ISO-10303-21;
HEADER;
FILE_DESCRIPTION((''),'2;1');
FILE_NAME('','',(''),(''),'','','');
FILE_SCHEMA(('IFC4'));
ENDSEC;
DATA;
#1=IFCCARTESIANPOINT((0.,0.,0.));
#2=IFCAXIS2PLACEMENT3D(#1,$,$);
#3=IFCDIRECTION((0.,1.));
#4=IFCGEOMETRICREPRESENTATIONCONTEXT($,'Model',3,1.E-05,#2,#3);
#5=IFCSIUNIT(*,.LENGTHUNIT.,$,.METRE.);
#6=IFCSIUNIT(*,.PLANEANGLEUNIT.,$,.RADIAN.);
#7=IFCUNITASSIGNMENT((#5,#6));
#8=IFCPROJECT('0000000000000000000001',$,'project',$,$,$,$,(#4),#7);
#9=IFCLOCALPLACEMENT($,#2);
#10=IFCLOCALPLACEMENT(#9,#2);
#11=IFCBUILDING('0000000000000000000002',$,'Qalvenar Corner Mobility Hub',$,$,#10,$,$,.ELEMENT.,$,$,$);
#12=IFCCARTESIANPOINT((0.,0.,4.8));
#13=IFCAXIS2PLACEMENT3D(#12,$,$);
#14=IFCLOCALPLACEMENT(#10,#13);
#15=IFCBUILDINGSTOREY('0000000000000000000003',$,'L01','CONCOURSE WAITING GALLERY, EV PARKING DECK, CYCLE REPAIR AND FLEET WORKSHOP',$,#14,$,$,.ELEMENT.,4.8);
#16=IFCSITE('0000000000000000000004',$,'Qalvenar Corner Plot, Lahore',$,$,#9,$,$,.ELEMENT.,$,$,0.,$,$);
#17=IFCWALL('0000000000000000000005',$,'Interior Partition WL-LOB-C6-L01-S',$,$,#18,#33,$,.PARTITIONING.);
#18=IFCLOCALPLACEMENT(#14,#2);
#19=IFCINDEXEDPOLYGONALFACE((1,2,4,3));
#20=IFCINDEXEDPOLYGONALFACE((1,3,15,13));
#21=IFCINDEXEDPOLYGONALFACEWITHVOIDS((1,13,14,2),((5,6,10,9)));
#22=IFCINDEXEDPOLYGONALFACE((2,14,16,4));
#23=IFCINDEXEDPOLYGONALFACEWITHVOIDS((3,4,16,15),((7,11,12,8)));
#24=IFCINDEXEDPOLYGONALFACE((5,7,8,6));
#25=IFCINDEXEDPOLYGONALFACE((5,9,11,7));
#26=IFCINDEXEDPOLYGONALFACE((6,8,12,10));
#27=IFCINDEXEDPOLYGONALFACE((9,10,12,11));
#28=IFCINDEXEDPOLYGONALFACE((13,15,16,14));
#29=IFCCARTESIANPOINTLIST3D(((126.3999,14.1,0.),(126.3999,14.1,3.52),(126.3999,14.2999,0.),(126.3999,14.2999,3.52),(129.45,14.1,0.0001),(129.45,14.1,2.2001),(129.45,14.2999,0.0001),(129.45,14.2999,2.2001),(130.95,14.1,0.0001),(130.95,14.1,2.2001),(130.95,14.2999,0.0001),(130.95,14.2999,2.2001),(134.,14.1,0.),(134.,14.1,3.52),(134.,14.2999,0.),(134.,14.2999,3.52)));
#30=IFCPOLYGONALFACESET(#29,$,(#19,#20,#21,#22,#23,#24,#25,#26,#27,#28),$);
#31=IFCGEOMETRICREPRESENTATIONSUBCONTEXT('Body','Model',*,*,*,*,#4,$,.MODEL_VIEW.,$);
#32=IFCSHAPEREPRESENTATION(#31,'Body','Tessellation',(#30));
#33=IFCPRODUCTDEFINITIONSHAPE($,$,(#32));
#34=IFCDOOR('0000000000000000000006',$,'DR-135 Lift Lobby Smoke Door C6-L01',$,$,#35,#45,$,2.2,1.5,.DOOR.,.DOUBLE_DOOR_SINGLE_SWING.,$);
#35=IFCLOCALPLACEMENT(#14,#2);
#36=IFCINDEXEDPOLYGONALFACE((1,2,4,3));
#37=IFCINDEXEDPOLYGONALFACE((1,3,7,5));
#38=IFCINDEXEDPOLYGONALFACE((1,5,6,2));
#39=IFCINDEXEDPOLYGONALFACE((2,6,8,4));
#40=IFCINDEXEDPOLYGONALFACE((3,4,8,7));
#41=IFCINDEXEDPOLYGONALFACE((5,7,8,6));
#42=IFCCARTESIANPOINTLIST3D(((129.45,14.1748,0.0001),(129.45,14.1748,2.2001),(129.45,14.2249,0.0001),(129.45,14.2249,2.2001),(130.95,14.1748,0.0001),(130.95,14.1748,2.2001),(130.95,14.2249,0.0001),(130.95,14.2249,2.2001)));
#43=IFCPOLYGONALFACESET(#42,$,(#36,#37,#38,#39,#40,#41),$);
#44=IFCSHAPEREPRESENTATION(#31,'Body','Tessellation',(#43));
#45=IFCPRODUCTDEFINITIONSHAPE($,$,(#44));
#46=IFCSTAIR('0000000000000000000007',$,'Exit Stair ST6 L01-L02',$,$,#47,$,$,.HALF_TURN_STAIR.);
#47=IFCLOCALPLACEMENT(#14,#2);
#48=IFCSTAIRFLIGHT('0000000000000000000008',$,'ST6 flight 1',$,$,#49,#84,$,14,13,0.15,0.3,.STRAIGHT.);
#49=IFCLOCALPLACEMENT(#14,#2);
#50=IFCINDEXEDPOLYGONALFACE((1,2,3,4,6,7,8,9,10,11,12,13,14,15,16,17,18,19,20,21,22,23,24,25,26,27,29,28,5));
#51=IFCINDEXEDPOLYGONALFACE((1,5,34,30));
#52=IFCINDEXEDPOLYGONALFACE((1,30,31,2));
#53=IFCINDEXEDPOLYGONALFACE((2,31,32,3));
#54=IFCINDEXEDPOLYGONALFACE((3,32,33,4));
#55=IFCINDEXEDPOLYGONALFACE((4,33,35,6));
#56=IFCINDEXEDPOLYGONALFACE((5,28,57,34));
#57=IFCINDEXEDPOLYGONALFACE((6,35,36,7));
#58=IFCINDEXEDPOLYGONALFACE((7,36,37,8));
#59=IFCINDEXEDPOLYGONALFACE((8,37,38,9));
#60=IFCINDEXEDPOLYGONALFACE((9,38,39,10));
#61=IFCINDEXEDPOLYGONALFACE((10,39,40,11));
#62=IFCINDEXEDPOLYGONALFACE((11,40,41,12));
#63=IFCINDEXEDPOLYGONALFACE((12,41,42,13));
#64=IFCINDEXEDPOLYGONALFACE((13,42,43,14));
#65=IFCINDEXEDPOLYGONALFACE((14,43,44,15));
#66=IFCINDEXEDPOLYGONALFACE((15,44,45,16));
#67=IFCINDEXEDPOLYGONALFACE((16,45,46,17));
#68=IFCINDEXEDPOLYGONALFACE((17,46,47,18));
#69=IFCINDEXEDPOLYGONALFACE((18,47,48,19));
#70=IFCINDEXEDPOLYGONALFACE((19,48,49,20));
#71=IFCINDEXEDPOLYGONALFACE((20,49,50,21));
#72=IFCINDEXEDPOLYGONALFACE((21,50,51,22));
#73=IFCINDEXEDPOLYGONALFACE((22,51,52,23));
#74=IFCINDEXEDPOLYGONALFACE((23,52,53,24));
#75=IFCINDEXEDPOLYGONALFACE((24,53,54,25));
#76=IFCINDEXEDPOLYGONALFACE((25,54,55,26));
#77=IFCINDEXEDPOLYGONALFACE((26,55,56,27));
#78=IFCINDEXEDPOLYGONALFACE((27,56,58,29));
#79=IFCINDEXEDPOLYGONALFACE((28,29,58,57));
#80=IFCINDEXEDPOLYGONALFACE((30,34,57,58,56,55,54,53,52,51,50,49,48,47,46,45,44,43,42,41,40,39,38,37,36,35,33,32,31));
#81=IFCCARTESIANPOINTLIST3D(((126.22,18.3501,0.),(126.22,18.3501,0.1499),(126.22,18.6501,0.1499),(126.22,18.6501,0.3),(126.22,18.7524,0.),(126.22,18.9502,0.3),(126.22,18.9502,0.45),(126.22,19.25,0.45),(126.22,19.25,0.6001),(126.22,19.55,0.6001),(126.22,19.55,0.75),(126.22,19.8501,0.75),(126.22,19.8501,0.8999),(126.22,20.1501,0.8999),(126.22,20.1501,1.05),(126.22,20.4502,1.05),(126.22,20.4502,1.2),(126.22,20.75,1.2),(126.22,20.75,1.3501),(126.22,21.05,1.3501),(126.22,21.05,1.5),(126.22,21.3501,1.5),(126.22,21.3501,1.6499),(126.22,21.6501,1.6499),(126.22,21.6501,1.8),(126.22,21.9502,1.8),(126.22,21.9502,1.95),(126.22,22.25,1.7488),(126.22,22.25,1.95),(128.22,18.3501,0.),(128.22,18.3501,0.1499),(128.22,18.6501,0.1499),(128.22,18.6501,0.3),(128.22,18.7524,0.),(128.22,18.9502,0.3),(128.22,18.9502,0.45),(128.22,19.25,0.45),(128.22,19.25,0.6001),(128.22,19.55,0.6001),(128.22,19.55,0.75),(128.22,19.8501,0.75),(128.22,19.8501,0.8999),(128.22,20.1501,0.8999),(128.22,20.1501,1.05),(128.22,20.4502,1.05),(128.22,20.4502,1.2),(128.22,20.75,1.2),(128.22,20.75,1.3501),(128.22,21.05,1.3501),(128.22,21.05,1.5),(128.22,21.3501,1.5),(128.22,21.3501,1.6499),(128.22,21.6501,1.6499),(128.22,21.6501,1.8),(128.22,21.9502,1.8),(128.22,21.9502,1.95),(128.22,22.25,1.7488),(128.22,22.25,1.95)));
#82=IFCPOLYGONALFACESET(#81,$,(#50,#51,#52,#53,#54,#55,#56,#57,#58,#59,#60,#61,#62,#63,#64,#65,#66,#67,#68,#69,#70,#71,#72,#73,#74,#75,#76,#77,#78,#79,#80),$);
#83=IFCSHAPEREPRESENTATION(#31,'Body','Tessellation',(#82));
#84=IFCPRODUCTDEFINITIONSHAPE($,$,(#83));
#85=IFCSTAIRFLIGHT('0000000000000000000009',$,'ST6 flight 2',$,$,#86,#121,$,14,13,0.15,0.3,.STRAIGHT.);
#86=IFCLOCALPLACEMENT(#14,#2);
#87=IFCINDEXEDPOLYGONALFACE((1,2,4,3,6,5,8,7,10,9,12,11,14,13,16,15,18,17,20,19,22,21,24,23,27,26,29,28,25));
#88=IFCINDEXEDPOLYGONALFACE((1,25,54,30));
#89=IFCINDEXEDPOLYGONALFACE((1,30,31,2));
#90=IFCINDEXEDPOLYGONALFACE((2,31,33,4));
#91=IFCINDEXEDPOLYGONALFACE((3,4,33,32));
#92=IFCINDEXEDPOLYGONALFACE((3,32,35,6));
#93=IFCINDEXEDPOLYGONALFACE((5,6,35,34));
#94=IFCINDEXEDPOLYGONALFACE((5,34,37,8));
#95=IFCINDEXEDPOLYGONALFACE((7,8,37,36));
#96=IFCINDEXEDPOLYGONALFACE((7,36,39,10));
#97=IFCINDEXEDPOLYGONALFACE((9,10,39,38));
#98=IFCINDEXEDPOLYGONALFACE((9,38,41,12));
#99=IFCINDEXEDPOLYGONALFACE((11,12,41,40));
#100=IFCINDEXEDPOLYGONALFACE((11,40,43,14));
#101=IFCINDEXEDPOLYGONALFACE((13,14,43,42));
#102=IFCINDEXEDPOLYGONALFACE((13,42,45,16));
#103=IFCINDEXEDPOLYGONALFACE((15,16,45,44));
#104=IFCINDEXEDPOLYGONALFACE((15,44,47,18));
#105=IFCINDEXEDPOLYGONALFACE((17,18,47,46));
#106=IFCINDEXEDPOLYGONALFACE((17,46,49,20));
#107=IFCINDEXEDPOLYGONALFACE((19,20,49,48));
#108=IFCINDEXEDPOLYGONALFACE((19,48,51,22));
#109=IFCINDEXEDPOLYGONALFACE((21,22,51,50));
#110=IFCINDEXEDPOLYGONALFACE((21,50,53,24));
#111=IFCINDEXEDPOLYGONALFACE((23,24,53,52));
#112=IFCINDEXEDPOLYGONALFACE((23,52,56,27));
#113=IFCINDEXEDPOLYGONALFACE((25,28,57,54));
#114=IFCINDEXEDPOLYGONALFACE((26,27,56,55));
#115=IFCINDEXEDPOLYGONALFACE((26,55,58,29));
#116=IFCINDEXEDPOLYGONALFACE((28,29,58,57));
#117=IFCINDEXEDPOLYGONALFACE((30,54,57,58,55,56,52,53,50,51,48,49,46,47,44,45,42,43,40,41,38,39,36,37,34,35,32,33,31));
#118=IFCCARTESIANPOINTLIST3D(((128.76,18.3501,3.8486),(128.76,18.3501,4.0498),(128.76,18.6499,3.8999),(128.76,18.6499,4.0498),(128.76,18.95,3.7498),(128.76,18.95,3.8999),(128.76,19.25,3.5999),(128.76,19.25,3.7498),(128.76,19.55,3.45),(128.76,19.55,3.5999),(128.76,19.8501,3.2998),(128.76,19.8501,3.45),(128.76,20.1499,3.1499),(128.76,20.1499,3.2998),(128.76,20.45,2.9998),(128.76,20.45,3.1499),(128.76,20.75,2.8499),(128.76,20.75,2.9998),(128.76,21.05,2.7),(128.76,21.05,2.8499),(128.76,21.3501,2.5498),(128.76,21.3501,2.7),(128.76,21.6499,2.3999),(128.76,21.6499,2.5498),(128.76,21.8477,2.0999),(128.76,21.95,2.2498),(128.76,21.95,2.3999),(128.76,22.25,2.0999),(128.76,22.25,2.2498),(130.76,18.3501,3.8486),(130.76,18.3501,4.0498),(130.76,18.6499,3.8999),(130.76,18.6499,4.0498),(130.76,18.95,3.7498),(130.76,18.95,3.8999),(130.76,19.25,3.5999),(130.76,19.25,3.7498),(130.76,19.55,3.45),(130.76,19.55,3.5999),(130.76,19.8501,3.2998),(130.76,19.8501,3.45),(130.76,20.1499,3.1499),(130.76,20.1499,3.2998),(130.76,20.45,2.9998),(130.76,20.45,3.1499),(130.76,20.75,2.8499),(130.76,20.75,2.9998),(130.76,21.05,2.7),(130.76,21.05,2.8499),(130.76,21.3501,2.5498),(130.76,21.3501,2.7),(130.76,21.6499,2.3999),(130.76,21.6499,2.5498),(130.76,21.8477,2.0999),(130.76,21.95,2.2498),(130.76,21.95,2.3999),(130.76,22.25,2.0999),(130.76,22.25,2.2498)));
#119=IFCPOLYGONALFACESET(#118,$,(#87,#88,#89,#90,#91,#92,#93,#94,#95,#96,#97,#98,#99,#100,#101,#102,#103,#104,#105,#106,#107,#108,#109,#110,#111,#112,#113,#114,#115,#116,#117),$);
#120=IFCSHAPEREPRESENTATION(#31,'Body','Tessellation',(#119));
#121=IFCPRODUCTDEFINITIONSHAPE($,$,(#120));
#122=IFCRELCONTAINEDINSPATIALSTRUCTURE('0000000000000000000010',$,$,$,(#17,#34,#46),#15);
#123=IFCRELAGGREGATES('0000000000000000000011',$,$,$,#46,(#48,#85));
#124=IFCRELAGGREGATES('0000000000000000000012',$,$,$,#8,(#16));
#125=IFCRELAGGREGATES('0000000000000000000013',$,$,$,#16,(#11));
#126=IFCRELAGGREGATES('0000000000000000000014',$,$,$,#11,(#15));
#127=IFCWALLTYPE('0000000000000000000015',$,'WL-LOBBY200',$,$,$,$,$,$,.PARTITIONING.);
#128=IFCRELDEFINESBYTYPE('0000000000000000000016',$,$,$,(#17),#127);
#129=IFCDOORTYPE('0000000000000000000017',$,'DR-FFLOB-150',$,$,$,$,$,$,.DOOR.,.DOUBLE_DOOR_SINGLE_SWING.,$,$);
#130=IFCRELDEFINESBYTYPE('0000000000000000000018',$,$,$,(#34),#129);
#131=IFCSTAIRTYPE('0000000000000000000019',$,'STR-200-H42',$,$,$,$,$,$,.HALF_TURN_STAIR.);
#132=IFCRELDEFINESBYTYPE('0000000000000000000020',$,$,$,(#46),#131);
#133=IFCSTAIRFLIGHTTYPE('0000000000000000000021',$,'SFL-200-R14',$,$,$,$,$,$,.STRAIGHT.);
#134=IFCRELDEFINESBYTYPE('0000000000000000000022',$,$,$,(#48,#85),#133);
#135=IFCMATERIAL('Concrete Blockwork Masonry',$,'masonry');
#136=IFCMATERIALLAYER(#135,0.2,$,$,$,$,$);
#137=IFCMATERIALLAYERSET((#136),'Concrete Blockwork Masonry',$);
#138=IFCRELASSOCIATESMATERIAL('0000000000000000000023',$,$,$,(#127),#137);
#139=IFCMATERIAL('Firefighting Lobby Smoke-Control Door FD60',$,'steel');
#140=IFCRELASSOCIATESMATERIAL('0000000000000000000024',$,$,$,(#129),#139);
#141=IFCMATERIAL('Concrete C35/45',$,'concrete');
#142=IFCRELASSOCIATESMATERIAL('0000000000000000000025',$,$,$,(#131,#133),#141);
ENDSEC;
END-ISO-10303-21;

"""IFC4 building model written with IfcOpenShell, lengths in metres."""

from ifc_helpers import new_model, si_unit, direction, frame, frame_2d, origin, place, context, subcontext, project, spatial, polyline, rectangle, outline, extrude, material, layer, layer_set, type_object, element, fill, aggregate, save


model = new_model("IFC4")

# Units and contexts
model_context = context("Model", 3, precision=1e-05, world=origin(), true_north=direction((0.0, 1.0)))
body_context = subcontext(model_context, "Body", "Model", "MODEL_VIEW")
ifc_project = project(units=[si_unit("LENGTHUNIT", "METRE"), si_unit("PLANEANGLEUNIT", "RADIAN")], contexts=[model_context])

# Site, building, storey
site_placement = place(None, origin())
site = spatial("IfcSite", under=ifc_project, at=site_placement, Name="Qalvenar Corner Plot, Lahore", CompositionType="ELEMENT", RefElevation=0.0)
building_placement = place(site_placement, origin())
building = spatial("IfcBuilding", under=site, at=building_placement, Name="Qalvenar Corner Mobility Hub", CompositionType="ELEMENT")
storey_placement = place(building_placement, frame((0.0, 0.0, 4.8)))
storey = spatial("IfcBuildingStorey", under=building, at=storey_placement, Name="L01", Description="CONCOURSE WAITING GALLERY, EV PARKING DECK, CYCLE REPAIR AND FLEET WORKSHOP", CompositionType="ELEMENT", Elevation=4.8)

# Shared definitions
ifc_material_1 = material(Name="Concrete Blockwork Masonry", Category="masonry")
ifc_layer_1 = layer(ifc_material_1, 0.2)
ifc_layer_set_1 = layer_set([ifc_layer_1], Name="Concrete Blockwork Masonry")
wall_type_1 = type_object("IfcWallType", Name="WL-LOBBY200", PredefinedType="PARTITIONING", material=ifc_layer_set_1)

# Wall, opening, door
wall_1_placement = place(storey_placement, frame((126.3999, 14.2, 0.0), z_axis=(0.0, 0.0, 1.0), x_axis=(1.0, 0.0, 0.0)))
wall_1 = element("IfcWall", 1, at=wall_1_placement, inside=storey, type_object=wall_type_1, Name="Interior Partition WL-LOB-C6-L01-S", PredefinedType="PARTITIONING", context=body_context, shape_type="SweptSolid", body=[
    extrude(rectangle(XDim=7.6001, YDim=0.2, at=frame_2d((3.8, 0.0))), origin(), (0.0, 0.0, 1.0), 3.52),
])
opening_1_placement = place(wall_1_placement, frame((3.05, 0.0, 0.0)))
opening_1 = element("IfcOpeningElement", 2, at=opening_1_placement, cuts=wall_1, PredefinedType="OPENING", context=body_context, shape_type="SweptSolid", body=[
    extrude(rectangle(XDim=1.5, YDim=2.2, at=frame_2d((0.75, 1.1001))), frame((0.0, 0.1099, 0.0), z_axis=(0.0, -1.0, 0.0), x_axis=(1.0, 0.0, 0.0)), (0.0, 0.0, 1.0), 0.22),
])
ifc_material_2 = material(Name="Firefighting Lobby Smoke-Control Door FD60", Category="steel")
door_type_1 = type_object("IfcDoorType", Name="DR-FFLOB-150", OperationType="DOUBLE_DOOR_SINGLE_SWING", PredefinedType="DOOR", material=ifc_material_2)
door_1_placement = place(opening_1_placement, origin())
door_1 = element("IfcDoor", 3, at=door_1_placement, inside=storey, type_object=door_type_1, Name="DR-135 Lift Lobby Smoke Door C6-L01", OperationType="DOUBLE_DOOR_SINGLE_SWING", OverallHeight=2.2, OverallWidth=1.5, PredefinedType="DOOR", context=body_context, shape_type="SweptSolid", body=[
    extrude(rectangle(XDim=1.5, YDim=2.2, at=frame_2d((0.75, 1.1001))), frame((0.0, 0.0249, 0.0), z_axis=(0.0, -1.0, 0.0), x_axis=(1.0, 0.0, 0.0)), (0.0, 0.0, 1.0), 0.05),
])
fill(opening_1, door_1)

# Stair, stair flights
ifc_material_3 = material(Name="Concrete C35/45", Category="concrete")
stair_type = type_object("IfcStairType", Name="STR-200-H42", PredefinedType="HALF_TURN_STAIR", material=ifc_material_3)
stair_placement = place(storey_placement, origin())
stair = element("IfcStair", 4, at=stair_placement, inside=storey, type_object=stair_type, Name="Exit Stair ST6 L01-L02", PredefinedType="HALF_TURN_STAIR")
stair_flight_type = type_object("IfcStairFlightType", Name="SFL-200-R14", PredefinedType="STRAIGHT", material=ifc_material_3)
stair_flight_1_placement = place(storey_placement, frame((127.22, 18.3501, 0.0), z_axis=(0.0, 0.0, 1.0), x_axis=(0.0, 1.0, 0.0)))
stair_flight_1 = element("IfcStairFlight", 5, at=stair_flight_1_placement, type_object=stair_flight_type, Name="ST6 flight 1", NumberOfRisers=14, NumberOfTreads=13, PredefinedType="STRAIGHT", RiserHeight=0.15, TreadLength=0.3, context=body_context, shape_type="SweptSolid", body=[
    extrude(outline(polyline([(0.0, 0.0), (0.0, 0.1499), (0.3, 0.1499), (0.3, 0.3), (0.6001, 0.3), (0.6001, 0.45), (0.8999, 0.45), (0.8999, 0.6001), (1.2, 0.6001), (1.2, 0.75), (1.5, 0.75), (1.5, 0.8999), (1.8, 0.8999), (1.8, 1.05), (2.1001, 1.05), (2.1001, 1.2), (2.3999, 1.2), (2.3999, 1.3501), (2.7, 1.3501), (2.7, 1.5), (3.0, 1.5), (3.0, 1.6499), (3.3, 1.6499), (3.3, 1.8), (3.6001, 1.8), (3.6001, 1.95), (3.8999, 1.95), (3.8999, 2.1001), (3.8999, 1.7488), (0.4023, 0.0), (0.0, 0.0)])), frame((0.0, 1.0, 0.0), z_axis=(0.0, -1.0, 0.0), x_axis=(1.0, 0.0, 0.0)), (0.0, 0.0, 1.0), 2.0),
])
stair_flight_2_placement = place(storey_placement, frame((129.76, 22.25, 2.0999), z_axis=(0.0, 0.0, 1.0), x_axis=(0.0, -1.0, 0.0)))
stair_flight_2 = element("IfcStairFlight", 6, at=stair_flight_2_placement, type_object=stair_flight_type, Name="ST6 flight 2", NumberOfRisers=14, NumberOfTreads=13, PredefinedType="STRAIGHT", RiserHeight=0.15, TreadLength=0.3, context=body_context, shape_type="SweptSolid", body=[
    extrude(outline(polyline([(0.0, 0.0), (0.0, 0.1499), (0.3, 0.1499), (0.3, 0.3), (0.6001, 0.3), (0.6001, 0.45), (0.8999, 0.45), (0.8999, 0.6001), (1.2, 0.6001), (1.2, 0.75), (1.5, 0.75), (1.5, 0.8999), (1.8, 0.8999), (1.8, 1.05), (2.1001, 1.05), (2.1001, 1.2), (2.3999, 1.2), (2.3999, 1.3501), (2.7, 1.3501), (2.7, 1.5), (3.0, 1.5), (3.0, 1.6499), (3.3, 1.6499), (3.3, 1.8), (3.6001, 1.8), (3.6001, 1.95), (3.8999, 1.95), (3.8999, 2.1001), (3.8999, 1.7488), (0.4023, 0.0), (0.0, 0.0)])), frame((0.0, 1.0, 0.0), z_axis=(0.0, -1.0, 0.0), x_axis=(1.0, 0.0, 0.0)), (0.0, 0.0, 1.0), 2.0),
])
aggregate(stair, [stair_flight_1, stair_flight_2])

save(model, "model.ifc")
